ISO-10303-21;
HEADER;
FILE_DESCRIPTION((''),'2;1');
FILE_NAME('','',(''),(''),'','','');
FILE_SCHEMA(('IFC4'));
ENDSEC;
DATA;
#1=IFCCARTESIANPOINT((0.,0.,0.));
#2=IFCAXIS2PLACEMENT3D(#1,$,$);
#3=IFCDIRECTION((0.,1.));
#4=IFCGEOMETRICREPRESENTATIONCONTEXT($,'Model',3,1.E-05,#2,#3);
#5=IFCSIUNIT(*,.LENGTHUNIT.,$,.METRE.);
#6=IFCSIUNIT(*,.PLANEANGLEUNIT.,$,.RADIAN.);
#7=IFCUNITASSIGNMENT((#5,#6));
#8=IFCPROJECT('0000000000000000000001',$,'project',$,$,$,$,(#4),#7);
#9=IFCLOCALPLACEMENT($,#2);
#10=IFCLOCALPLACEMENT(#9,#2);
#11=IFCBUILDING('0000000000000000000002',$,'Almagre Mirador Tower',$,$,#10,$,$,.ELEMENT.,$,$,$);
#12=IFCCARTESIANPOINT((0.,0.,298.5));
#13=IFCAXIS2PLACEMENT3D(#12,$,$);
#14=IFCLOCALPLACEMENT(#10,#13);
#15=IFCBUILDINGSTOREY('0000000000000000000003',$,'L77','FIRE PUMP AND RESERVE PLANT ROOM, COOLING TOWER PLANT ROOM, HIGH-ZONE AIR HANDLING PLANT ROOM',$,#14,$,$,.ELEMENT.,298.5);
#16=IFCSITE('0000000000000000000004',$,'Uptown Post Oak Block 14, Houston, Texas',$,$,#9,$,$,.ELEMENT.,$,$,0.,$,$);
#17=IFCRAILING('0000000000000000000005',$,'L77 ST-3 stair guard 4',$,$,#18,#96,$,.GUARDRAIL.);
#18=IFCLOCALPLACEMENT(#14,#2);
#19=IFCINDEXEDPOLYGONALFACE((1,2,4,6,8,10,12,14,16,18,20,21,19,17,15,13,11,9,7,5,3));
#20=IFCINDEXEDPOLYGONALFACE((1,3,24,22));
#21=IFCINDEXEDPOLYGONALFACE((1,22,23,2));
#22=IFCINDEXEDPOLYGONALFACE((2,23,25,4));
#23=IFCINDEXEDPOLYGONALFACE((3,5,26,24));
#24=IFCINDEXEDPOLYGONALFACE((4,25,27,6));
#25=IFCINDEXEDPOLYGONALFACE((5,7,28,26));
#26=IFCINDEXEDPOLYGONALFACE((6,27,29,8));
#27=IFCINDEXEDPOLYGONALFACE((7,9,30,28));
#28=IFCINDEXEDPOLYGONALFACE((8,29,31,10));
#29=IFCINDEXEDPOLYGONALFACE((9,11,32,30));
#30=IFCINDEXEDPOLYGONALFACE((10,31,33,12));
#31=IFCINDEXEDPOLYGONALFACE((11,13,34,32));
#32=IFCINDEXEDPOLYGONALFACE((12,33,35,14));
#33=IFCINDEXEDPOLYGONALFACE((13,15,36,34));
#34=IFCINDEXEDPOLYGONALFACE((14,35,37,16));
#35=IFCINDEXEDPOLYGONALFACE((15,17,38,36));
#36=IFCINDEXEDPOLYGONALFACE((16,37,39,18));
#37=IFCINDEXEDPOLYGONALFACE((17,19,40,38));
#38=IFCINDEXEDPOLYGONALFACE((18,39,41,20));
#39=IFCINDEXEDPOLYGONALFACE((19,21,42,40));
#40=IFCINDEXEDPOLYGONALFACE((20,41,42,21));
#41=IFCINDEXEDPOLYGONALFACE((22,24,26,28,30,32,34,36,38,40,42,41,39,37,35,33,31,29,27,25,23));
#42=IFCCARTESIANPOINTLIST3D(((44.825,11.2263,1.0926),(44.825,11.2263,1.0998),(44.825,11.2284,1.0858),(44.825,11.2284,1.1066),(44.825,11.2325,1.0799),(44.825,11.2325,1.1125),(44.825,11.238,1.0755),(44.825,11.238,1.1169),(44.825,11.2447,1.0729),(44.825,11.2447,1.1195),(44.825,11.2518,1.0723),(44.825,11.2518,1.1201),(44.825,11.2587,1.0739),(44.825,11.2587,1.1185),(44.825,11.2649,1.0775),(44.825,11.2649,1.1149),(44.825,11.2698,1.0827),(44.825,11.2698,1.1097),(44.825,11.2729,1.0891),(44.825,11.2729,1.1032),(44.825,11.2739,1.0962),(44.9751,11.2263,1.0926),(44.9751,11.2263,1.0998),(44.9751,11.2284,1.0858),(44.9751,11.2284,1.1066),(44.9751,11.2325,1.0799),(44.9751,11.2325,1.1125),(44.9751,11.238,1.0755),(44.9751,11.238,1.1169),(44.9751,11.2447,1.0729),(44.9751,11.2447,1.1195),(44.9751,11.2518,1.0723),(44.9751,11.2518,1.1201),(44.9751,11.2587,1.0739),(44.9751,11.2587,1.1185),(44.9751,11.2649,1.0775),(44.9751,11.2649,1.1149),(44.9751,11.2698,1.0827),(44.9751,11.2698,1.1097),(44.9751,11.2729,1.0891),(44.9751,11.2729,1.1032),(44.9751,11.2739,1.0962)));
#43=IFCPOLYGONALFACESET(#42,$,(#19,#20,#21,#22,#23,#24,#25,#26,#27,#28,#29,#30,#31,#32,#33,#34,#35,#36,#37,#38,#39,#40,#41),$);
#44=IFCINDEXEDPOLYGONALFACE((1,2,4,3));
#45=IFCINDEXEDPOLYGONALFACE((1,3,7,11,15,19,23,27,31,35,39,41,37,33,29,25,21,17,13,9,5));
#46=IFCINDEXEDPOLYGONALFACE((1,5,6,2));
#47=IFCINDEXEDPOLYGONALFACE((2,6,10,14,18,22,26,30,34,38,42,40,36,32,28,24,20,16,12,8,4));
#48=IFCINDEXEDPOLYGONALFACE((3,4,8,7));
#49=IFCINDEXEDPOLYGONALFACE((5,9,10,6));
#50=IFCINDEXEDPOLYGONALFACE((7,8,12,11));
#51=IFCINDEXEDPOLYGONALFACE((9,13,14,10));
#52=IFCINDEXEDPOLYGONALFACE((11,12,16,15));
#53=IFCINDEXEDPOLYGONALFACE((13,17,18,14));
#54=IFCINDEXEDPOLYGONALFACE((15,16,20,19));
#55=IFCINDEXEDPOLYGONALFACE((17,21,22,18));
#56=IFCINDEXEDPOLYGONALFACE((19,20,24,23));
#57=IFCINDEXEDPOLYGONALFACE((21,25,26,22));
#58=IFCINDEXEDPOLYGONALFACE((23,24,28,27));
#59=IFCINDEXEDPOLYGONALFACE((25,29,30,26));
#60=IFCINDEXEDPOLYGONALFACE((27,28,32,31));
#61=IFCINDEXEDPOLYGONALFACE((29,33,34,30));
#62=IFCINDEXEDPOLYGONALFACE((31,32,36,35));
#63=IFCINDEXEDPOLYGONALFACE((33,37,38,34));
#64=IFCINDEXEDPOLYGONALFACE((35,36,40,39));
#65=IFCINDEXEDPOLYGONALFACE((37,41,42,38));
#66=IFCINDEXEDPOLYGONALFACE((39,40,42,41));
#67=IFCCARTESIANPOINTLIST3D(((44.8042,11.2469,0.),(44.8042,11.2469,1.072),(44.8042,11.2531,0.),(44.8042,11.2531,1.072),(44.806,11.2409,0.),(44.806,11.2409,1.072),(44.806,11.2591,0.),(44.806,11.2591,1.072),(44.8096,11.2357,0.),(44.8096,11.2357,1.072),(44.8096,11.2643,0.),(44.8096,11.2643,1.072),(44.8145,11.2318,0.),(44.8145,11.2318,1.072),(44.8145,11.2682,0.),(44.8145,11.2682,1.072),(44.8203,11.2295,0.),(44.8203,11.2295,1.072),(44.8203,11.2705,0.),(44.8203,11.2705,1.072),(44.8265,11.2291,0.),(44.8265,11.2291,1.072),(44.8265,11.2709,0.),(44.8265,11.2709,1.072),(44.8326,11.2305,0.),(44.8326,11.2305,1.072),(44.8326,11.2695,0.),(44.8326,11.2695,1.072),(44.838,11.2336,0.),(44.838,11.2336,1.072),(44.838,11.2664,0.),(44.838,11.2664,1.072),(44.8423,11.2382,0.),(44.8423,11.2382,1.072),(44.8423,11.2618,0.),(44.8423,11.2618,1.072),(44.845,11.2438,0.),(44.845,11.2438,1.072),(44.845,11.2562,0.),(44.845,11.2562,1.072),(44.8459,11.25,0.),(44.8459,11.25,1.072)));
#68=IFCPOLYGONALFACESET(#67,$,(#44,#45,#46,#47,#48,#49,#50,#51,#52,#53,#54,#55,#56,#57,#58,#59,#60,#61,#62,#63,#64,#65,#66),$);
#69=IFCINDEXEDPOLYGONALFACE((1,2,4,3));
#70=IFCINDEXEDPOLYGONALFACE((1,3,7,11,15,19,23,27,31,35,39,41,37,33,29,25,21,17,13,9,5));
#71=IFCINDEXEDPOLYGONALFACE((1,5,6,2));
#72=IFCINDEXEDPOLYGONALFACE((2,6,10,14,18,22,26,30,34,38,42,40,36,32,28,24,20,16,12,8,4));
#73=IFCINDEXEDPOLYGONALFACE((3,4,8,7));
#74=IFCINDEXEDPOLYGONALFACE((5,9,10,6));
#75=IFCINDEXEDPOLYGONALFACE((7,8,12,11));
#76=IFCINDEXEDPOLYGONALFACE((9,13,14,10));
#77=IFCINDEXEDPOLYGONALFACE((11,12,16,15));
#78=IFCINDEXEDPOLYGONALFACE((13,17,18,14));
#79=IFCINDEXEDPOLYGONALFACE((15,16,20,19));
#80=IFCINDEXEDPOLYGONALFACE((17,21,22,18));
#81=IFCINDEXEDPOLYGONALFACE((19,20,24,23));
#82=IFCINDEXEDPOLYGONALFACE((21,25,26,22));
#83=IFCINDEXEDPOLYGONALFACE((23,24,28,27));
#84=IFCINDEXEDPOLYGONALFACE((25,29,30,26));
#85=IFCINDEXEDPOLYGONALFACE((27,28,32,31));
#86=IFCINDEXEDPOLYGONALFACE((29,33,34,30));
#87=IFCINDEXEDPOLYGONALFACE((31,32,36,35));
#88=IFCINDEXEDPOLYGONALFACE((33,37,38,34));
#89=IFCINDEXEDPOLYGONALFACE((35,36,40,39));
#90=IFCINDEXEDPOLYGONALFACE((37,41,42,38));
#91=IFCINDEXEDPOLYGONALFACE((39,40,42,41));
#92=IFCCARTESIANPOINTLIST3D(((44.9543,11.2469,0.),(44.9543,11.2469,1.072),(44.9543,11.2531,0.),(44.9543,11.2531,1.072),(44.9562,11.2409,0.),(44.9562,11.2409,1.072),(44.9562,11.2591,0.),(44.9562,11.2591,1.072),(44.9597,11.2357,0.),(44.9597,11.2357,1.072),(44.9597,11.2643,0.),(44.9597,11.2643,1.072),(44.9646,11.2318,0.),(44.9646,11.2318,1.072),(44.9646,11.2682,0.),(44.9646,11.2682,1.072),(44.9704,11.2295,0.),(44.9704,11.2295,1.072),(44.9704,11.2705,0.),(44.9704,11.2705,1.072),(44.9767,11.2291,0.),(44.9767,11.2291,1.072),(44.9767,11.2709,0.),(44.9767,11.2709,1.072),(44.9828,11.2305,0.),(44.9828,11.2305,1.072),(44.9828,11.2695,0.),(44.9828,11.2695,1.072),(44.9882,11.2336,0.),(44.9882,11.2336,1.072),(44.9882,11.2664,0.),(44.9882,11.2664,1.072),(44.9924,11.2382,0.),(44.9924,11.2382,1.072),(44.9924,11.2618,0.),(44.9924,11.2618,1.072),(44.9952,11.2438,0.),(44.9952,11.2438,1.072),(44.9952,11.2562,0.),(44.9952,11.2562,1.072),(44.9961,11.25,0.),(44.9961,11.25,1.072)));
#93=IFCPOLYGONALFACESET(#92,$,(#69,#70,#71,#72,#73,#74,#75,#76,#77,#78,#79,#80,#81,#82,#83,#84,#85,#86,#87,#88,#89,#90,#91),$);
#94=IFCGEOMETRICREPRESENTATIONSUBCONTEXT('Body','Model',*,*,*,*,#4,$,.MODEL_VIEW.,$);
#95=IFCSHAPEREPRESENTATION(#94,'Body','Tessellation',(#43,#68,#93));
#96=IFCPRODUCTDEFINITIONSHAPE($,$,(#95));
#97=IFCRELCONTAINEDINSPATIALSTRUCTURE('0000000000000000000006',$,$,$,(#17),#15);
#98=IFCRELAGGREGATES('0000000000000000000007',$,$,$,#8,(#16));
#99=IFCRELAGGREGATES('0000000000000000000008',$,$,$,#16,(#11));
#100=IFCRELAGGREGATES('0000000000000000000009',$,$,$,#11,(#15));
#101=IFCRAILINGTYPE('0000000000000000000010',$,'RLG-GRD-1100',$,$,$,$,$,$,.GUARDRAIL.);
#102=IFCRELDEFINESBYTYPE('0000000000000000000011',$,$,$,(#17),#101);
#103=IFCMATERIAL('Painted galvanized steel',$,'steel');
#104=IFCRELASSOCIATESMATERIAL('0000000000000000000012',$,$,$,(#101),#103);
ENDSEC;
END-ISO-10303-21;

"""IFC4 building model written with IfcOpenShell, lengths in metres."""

from ifc_helpers import new_model, si_unit, direction, frame, origin, origin_2d, place, context, subcontext, project, spatial, circle, extrude, material, type_object, element, save


model = new_model("IFC4")

# Units and contexts
model_context = context("Model", 3, precision=1e-05, world=origin(), true_north=direction((0.0, 1.0)))
body_context = subcontext(model_context, "Body", "Model", "MODEL_VIEW")
ifc_project = project(units=[si_unit("LENGTHUNIT", "METRE"), si_unit("PLANEANGLEUNIT", "RADIAN")], contexts=[model_context])

# Site, building, storey
site_placement = place(None, origin())
site = spatial("IfcSite", under=ifc_project, at=site_placement, Name="Uptown Post Oak Block 14, Houston, Texas", CompositionType="ELEMENT", RefElevation=0.0)
building_placement = place(site_placement, origin())
building = spatial("IfcBuilding", under=site, at=building_placement, Name="Almagre Mirador Tower", CompositionType="ELEMENT")
storey_placement = place(building_placement, frame((0.0, 0.0, 298.5)))
storey = spatial("IfcBuildingStorey", under=building, at=storey_placement, Name="L77", Description="FIRE PUMP AND RESERVE PLANT ROOM, COOLING TOWER PLANT ROOM, HIGH-ZONE AIR HANDLING PLANT ROOM", CompositionType="ELEMENT", Elevation=298.5)

# Railing
ifc_material_1 = material(Name="Painted galvanized steel", Category="steel")
railing_type_1 = type_object("IfcRailingType", Name="RLG-GRD-1100", PredefinedType="GUARDRAIL", material=ifc_material_1)
railing_1_placement = place(storey_placement, frame((44.825, 11.25, 0.0)))
element("IfcRailing", 1, at=railing_1_placement, inside=storey, type_object=railing_type_1, Name="L77 ST-3 stair guard 4", PredefinedType="GUARDRAIL", context=body_context, shape_type="SweptSolid", body=[
    extrude(circle(Radius=0.0239, at=origin_2d()), frame((0.0, 0.0, 1.0962), z_axis=(1.0, 0.0, 0.0), x_axis=(0.0, 1.0, 0.0)), (0.0, 0.0, 1.0), 0.1501),
    extrude(circle(Radius=0.021, at=origin_2d()), origin(), (0.0, 0.0, 1.0), 1.072),
    extrude(circle(Radius=0.021, at=origin_2d()), frame((0.1501, 0.0, 0.0)), (0.0, 0.0, 1.0), 1.072),
])

save(model, "model.ifc")
